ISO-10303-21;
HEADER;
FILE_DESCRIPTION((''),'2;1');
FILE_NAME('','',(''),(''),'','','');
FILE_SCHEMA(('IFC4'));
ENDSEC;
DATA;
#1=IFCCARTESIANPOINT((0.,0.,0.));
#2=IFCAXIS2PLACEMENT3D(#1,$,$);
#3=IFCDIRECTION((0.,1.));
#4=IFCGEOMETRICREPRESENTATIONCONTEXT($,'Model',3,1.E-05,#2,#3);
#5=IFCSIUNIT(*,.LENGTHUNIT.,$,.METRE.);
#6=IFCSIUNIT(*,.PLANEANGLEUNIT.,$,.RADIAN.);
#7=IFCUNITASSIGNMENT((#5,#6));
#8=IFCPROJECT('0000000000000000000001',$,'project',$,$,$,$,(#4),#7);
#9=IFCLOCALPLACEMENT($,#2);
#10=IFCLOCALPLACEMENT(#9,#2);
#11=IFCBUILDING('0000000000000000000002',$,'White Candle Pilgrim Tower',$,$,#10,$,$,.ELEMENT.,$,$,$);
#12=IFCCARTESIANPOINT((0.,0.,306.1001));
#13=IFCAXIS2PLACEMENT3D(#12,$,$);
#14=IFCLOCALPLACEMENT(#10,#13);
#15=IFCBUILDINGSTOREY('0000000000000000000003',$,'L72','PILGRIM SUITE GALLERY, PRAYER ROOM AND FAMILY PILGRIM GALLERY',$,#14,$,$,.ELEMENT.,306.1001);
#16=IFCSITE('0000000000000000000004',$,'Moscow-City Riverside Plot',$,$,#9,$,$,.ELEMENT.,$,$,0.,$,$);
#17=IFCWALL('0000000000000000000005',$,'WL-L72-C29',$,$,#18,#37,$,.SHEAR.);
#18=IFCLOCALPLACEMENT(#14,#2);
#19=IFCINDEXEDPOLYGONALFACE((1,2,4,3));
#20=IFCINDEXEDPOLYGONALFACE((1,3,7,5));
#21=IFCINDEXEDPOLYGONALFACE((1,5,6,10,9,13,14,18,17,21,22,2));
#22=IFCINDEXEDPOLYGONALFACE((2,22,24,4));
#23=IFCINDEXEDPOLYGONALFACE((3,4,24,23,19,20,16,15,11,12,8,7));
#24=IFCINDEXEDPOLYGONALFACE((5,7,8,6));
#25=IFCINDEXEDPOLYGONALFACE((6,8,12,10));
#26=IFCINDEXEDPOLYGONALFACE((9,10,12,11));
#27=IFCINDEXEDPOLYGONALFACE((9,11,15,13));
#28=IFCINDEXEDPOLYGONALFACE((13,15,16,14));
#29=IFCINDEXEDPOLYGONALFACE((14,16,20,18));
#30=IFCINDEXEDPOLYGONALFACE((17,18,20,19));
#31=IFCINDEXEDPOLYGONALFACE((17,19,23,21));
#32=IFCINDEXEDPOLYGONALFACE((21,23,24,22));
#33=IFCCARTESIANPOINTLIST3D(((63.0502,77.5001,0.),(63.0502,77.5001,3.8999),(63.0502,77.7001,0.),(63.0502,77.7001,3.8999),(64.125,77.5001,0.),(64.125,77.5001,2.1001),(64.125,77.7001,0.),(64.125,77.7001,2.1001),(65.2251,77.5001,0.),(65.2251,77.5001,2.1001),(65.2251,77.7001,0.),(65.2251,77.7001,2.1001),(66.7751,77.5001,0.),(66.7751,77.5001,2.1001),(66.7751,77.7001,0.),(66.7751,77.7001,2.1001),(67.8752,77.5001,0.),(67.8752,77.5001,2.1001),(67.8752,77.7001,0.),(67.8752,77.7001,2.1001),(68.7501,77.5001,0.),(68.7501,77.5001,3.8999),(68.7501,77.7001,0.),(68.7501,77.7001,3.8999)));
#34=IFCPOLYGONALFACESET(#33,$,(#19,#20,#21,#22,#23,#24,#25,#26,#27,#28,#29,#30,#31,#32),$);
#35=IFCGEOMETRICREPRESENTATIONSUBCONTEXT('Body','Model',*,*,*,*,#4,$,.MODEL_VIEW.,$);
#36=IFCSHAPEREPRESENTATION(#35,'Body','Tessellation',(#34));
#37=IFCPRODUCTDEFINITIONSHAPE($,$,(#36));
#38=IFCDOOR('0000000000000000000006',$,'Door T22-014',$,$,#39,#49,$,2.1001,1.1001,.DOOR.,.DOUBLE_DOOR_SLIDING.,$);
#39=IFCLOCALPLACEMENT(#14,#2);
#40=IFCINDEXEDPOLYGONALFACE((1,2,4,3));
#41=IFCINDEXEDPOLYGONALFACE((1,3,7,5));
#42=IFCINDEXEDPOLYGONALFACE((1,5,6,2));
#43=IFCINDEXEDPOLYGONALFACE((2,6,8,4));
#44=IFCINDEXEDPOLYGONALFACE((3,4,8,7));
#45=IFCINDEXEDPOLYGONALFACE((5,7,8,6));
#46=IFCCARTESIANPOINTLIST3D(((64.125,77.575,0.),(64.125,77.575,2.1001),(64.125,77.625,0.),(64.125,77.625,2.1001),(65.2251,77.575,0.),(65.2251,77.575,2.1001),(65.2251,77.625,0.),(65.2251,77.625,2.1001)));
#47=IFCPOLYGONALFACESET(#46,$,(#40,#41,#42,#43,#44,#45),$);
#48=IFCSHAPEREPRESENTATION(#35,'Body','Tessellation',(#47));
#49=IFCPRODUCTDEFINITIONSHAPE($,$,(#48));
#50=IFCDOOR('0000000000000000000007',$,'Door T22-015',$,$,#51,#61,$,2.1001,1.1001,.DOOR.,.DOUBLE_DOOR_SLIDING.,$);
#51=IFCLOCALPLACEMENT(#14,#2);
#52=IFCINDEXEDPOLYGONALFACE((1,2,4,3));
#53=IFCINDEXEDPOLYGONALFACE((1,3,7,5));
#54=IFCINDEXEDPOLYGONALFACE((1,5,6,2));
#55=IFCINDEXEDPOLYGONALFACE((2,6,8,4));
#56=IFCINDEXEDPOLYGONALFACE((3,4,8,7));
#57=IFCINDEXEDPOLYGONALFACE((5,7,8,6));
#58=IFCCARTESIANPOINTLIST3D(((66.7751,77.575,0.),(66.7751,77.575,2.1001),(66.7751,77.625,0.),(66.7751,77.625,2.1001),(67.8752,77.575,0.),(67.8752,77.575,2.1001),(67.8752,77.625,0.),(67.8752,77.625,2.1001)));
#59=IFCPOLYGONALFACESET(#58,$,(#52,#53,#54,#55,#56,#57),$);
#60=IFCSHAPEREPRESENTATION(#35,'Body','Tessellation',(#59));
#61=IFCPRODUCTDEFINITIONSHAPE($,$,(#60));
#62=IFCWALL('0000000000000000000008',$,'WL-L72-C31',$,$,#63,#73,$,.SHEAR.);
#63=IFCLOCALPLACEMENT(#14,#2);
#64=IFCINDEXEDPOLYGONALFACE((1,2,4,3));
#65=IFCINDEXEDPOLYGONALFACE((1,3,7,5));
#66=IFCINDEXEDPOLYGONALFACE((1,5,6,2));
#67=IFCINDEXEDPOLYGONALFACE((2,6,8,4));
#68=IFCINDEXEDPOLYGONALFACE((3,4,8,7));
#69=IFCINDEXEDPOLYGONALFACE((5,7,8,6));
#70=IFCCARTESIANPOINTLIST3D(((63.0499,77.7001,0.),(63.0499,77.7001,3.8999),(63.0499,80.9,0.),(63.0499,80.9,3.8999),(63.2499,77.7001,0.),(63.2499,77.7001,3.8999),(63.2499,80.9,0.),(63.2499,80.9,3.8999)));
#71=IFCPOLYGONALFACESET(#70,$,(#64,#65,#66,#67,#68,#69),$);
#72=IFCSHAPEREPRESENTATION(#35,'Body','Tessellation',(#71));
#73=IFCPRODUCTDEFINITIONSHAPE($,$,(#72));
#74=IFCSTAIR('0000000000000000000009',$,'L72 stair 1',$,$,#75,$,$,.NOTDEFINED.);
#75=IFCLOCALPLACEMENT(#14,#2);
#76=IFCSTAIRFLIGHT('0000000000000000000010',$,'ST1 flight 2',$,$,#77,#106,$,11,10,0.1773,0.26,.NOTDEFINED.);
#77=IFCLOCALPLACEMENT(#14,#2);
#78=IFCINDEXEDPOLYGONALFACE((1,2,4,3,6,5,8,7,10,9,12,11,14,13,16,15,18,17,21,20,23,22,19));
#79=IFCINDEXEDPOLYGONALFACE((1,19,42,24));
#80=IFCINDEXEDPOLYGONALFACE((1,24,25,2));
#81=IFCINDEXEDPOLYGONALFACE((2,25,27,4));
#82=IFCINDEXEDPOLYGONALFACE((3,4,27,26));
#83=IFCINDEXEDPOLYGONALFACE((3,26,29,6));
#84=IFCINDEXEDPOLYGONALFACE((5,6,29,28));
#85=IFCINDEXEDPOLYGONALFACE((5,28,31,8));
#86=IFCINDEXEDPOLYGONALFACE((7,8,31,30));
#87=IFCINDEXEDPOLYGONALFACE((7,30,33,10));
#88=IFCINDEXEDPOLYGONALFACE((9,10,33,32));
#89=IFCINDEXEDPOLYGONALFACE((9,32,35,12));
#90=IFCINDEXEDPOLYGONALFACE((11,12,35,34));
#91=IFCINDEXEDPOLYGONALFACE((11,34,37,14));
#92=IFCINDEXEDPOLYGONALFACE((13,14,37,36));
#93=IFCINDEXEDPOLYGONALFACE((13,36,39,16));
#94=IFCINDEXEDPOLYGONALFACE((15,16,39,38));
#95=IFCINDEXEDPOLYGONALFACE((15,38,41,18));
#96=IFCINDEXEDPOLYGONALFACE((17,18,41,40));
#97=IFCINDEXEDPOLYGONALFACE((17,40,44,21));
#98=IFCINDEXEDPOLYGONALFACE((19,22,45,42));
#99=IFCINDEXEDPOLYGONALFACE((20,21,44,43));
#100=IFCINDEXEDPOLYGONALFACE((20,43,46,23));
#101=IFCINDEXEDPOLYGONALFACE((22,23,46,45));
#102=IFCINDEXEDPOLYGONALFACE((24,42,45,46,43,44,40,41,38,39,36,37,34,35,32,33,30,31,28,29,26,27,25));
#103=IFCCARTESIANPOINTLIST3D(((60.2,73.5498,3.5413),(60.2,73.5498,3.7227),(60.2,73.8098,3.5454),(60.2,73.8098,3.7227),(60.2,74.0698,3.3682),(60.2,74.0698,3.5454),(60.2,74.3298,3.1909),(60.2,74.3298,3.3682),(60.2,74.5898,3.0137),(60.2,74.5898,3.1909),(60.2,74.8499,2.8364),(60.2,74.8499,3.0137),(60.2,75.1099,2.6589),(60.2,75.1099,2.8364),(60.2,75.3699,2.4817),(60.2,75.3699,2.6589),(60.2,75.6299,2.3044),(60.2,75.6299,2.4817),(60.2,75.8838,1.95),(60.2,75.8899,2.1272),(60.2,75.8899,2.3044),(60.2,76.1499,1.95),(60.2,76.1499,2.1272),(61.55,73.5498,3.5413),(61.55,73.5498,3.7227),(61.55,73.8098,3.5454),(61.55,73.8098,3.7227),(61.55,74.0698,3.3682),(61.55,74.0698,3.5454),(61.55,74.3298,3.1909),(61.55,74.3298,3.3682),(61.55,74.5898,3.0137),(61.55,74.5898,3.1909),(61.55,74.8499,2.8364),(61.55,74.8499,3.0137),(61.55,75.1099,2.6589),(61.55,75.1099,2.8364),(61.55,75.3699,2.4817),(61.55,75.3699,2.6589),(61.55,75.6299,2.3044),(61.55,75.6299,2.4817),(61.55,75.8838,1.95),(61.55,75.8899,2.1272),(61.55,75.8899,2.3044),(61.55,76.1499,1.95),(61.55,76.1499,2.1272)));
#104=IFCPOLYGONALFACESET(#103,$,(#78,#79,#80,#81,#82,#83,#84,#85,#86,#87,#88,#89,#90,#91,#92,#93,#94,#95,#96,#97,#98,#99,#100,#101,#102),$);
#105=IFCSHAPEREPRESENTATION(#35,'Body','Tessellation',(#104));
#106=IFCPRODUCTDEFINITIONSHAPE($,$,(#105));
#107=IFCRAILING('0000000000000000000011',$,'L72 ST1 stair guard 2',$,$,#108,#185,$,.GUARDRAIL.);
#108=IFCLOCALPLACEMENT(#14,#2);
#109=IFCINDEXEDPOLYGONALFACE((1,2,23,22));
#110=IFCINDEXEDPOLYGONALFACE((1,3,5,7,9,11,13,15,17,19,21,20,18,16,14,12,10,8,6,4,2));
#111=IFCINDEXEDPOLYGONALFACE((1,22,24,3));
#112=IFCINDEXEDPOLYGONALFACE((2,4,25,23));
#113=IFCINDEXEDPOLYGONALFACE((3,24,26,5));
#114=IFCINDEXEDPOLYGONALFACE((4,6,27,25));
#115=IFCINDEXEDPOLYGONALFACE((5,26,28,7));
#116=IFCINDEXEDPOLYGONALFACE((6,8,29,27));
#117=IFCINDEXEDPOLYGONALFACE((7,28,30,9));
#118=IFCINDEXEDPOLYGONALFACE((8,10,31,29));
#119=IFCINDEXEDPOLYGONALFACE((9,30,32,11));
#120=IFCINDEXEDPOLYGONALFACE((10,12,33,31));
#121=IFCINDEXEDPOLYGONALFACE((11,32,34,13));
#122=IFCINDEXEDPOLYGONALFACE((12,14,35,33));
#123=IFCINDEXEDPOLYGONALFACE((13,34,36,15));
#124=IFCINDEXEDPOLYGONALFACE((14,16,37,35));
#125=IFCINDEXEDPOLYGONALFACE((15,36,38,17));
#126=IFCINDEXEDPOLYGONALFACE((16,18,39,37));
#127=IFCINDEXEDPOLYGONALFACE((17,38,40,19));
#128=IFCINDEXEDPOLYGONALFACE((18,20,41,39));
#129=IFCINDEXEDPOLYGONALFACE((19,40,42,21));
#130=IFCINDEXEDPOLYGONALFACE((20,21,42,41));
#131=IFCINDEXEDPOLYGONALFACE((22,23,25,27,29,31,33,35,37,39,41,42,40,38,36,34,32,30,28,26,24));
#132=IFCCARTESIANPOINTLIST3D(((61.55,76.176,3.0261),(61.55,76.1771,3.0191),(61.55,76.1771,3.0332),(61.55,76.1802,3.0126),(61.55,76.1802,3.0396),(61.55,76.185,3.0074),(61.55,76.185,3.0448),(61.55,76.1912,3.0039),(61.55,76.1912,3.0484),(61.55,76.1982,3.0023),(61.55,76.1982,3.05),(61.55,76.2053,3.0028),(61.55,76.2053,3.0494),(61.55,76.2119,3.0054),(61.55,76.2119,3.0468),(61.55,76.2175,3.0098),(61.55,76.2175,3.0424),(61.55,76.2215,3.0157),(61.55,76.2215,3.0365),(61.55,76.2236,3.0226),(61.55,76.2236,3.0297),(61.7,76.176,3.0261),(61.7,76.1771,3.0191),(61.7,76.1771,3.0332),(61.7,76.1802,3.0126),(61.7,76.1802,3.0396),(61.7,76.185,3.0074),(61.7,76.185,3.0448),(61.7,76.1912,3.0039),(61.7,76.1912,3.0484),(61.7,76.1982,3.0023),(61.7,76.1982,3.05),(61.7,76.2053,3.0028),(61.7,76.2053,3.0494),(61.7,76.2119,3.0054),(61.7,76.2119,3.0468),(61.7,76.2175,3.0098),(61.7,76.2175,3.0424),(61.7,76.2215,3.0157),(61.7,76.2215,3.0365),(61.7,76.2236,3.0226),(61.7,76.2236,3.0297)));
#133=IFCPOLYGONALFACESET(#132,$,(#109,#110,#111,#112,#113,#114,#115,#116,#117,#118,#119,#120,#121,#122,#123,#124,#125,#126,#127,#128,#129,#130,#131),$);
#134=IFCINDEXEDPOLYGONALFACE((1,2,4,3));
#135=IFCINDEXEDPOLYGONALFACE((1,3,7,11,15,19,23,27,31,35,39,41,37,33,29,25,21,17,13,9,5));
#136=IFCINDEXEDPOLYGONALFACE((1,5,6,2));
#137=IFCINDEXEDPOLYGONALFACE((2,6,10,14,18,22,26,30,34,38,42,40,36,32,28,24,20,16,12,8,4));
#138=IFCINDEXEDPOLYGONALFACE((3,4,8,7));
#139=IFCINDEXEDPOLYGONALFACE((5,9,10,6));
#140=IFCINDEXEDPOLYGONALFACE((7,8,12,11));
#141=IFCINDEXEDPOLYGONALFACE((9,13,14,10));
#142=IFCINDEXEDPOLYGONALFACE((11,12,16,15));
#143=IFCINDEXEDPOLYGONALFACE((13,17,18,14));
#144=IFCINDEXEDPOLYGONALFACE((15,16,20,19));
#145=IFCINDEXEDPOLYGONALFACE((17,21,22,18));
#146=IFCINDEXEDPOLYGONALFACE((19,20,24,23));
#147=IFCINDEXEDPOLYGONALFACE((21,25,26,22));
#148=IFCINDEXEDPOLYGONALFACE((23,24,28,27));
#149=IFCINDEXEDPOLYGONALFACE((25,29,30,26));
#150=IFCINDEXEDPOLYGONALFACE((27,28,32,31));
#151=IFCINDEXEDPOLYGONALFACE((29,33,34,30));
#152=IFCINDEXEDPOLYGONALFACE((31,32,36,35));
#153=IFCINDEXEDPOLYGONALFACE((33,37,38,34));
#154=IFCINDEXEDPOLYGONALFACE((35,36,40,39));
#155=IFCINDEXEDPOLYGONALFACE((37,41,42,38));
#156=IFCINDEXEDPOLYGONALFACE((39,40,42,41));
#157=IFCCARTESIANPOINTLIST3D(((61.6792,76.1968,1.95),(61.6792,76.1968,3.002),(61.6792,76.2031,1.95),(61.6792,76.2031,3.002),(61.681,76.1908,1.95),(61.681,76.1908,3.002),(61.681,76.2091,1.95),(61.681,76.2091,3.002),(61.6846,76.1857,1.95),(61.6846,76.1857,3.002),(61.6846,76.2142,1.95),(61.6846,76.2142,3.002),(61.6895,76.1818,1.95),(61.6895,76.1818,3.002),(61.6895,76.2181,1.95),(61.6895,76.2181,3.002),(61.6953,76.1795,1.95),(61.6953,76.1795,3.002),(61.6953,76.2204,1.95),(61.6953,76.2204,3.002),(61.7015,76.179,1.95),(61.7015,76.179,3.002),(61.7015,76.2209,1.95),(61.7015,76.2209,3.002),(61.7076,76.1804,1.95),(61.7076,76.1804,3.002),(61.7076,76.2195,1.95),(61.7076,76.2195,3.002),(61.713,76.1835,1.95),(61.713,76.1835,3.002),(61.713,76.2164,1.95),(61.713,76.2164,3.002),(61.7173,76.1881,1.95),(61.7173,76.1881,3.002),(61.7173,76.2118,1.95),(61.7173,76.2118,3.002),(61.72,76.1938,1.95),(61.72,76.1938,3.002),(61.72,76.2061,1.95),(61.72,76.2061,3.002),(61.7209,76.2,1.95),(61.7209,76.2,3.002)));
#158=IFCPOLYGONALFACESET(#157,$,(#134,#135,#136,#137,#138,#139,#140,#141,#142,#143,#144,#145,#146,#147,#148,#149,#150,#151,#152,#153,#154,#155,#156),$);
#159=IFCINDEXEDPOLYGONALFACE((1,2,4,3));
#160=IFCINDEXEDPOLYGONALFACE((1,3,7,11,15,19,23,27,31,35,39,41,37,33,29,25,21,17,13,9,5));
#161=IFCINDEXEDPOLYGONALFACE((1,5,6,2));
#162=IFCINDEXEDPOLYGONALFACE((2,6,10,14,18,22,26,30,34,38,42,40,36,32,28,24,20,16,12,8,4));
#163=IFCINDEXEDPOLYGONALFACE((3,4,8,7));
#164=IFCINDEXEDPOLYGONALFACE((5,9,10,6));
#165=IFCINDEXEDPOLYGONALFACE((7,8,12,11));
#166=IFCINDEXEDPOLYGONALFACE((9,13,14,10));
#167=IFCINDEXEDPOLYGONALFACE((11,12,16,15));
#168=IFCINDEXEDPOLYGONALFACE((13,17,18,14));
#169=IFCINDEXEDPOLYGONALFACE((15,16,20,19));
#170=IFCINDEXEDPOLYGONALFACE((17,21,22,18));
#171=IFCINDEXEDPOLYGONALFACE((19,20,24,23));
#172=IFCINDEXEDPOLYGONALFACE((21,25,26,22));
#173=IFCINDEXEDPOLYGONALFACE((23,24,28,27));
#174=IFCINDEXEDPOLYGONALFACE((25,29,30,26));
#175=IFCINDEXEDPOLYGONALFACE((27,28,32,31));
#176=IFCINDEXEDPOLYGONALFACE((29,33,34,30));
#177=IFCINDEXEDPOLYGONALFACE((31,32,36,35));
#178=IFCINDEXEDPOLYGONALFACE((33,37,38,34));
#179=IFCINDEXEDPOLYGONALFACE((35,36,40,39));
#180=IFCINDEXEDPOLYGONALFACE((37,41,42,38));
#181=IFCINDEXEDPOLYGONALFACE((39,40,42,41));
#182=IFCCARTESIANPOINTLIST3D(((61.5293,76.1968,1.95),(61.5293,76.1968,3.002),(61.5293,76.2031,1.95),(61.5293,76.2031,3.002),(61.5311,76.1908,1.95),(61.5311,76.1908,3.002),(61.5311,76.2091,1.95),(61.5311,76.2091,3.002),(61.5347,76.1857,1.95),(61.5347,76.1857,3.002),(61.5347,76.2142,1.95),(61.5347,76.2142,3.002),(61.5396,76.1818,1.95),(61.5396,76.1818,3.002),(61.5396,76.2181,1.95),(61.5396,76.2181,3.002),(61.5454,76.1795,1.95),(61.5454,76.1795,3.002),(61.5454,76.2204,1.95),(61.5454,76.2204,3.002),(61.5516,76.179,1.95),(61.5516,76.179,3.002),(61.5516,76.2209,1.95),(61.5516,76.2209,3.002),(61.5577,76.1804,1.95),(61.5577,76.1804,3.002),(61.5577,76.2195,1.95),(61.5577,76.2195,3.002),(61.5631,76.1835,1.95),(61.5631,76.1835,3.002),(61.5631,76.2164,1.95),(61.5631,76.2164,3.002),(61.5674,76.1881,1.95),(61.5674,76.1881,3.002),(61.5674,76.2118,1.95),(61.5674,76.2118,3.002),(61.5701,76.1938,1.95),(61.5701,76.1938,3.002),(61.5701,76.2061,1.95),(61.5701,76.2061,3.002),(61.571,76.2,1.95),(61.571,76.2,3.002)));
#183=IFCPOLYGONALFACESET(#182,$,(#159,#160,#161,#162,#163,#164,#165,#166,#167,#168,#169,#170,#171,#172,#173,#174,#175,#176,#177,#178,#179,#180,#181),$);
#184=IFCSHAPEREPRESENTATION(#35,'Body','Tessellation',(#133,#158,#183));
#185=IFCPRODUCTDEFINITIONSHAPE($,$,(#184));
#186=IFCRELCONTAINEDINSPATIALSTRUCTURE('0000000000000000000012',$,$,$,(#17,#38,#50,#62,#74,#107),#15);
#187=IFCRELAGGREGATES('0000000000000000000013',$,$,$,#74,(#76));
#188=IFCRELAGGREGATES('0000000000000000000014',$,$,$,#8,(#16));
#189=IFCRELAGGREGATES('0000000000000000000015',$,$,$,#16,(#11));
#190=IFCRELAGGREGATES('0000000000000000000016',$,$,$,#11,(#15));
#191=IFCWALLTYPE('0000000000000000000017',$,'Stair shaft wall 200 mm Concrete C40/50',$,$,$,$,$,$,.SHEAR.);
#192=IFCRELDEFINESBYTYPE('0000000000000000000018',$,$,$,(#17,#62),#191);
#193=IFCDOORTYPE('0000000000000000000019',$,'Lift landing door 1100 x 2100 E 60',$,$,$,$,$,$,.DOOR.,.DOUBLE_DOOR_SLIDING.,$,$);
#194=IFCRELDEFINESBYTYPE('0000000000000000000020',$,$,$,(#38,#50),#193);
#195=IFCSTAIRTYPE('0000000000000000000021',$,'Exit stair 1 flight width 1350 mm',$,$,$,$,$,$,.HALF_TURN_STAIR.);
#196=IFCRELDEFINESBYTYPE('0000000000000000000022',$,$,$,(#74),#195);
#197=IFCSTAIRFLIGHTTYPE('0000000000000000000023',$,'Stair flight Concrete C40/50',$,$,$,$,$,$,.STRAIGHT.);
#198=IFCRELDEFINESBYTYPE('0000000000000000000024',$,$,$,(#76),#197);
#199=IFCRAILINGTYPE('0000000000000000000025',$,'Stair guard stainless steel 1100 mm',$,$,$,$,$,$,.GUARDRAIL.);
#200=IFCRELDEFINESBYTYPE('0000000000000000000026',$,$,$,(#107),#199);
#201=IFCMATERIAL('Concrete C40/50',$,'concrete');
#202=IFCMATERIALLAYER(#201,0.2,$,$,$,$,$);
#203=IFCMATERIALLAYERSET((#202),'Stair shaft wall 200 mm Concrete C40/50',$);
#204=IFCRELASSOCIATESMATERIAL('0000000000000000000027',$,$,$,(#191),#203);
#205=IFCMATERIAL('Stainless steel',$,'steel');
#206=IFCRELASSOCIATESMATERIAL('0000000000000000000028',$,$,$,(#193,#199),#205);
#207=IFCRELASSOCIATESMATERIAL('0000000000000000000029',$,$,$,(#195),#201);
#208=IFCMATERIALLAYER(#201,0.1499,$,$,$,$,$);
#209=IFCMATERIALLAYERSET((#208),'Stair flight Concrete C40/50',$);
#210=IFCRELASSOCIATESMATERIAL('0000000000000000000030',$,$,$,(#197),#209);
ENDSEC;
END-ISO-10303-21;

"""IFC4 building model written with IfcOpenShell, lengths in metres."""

from ifc_helpers import new_model, si_unit, direction, frame, frame_2d, origin, origin_2d, place, context, subcontext, project, spatial, polyline, rectangle, circle, outline, extrude, material, layer, layer_set, type_object, element, fill, aggregate, save


model = new_model("IFC4")

# Units and contexts
model_context = context("Model", 3, precision=1e-05, world=origin(), true_north=direction((0.0, 1.0)))
body_context = subcontext(model_context, "Body", "Model", "MODEL_VIEW")
ifc_project = project(units=[si_unit("LENGTHUNIT", "METRE"), si_unit("PLANEANGLEUNIT", "RADIAN")], contexts=[model_context])

# Site, building, storey
site_placement = place(None, origin())
site = spatial("IfcSite", under=ifc_project, at=site_placement, Name="Moscow-City Riverside Plot", CompositionType="ELEMENT", RefElevation=0.0)
building_placement = place(site_placement, origin())
building = spatial("IfcBuilding", under=site, at=building_placement, Name="White Candle Pilgrim Tower", CompositionType="ELEMENT")
storey_placement = place(building_placement, frame((0.0, 0.0, 306.1001)))
storey = spatial("IfcBuildingStorey", under=building, at=storey_placement, Name="L72", Description="PILGRIM SUITE GALLERY, PRAYER ROOM AND FAMILY PILGRIM GALLERY", CompositionType="ELEMENT", Elevation=306.1001)

# Shared definitions
ifc_material_1 = material(Name="Concrete C40/50", Category="concrete")

# Wall, openings, doors
ifc_layer_1 = layer(ifc_material_1, 0.2)
ifc_layer_set_1 = layer_set([ifc_layer_1], Name="Stair shaft wall 200 mm Concrete C40/50")
wall_type_1 = type_object("IfcWallType", Name="Stair shaft wall 200 mm Concrete C40/50", PredefinedType="SHEAR", material=ifc_layer_set_1)
wall_1_placement = place(storey_placement, frame((63.05, 77.6001, 0.0), z_axis=(0.0, 0.0, 1.0), x_axis=(1.0, 0.0, 0.0)))
wall_1 = element("IfcWall", 1, at=wall_1_placement, inside=storey, type_object=wall_type_1, Name="WL-L72-C29", PredefinedType="SHEAR", context=body_context, shape_type="SweptSolid", body=[
    extrude(rectangle(XDim=5.7, YDim=0.2, at=frame_2d((2.8501, 0.0))), origin(), (0.0, 0.0, 1.0), 3.8999),
])
opening_1_placement = place(wall_1_placement, frame((1.075, 0.0, 0.0)))
opening_1 = element("IfcOpeningElement", 2, at=opening_1_placement, cuts=wall_1, PredefinedType="OPENING", context=body_context, shape_type="SweptSolid", body=[
    extrude(rectangle(XDim=1.1001, YDim=2.1001, at=frame_2d((0.55, 1.05))), frame((0.0, 0.1099, 0.0), z_axis=(0.0, -1.0, 0.0), x_axis=(1.0, 0.0, 0.0)), (0.0, 0.0, 1.0), 0.22),
])
opening_2_placement = place(wall_1_placement, frame((3.7251, 0.0, 0.0)))
opening_2 = element("IfcOpeningElement", 3, at=opening_2_placement, cuts=wall_1, PredefinedType="OPENING", context=body_context, shape_type="SweptSolid", body=[
    extrude(rectangle(XDim=1.1001, YDim=2.1001, at=frame_2d((0.55, 1.05))), frame((0.0, 0.1099, 0.0), z_axis=(0.0, -1.0, 0.0), x_axis=(1.0, 0.0, 0.0)), (0.0, 0.0, 1.0), 0.22),
])
ifc_material_2 = material(Name="Stainless steel", Category="steel")
door_type_1 = type_object("IfcDoorType", Name="Lift landing door 1100 x 2100 E 60", OperationType="DOUBLE_DOOR_SLIDING", PredefinedType="DOOR", material=ifc_material_2)
door_1_placement = place(opening_1_placement, origin())
door_1 = element("IfcDoor", 4, at=door_1_placement, inside=storey, type_object=door_type_1, Name="Door T22-014", OperationType="DOUBLE_DOOR_SLIDING", OverallHeight=2.1001, OverallWidth=1.1001, PredefinedType="DOOR", context=body_context, shape_type="SweptSolid", body=[
    extrude(rectangle(XDim=1.1001, YDim=2.1001, at=frame_2d((0.55, 1.05))), frame((0.0, 0.0249, 0.0), z_axis=(0.0, -1.0, 0.0), x_axis=(1.0, 0.0, 0.0)), (0.0, 0.0, 1.0), 0.05),
])
fill(opening_1, door_1)
door_2_placement = place(opening_2_placement, origin())
door_2 = element("IfcDoor", 5, at=door_2_placement, inside=storey, type_object=door_type_1, Name="Door T22-015", OperationType="DOUBLE_DOOR_SLIDING", OverallHeight=2.1001, OverallWidth=1.1001, PredefinedType="DOOR", context=body_context, shape_type="SweptSolid", body=[
    extrude(rectangle(XDim=1.1001, YDim=2.1001, at=frame_2d((0.55, 1.05))), frame((0.0, 0.0249, 0.0), z_axis=(0.0, -1.0, 0.0), x_axis=(1.0, 0.0, 0.0)), (0.0, 0.0, 1.0), 0.05),
])
fill(opening_2, door_2)

# Wall
wall_2_placement = place(storey_placement, frame((63.1499, 77.7, 0.0), z_axis=(0.0, 0.0, 1.0), x_axis=(0.0, 1.0, 0.0)))
element("IfcWall", 6, at=wall_2_placement, inside=storey, type_object=wall_type_1, Name="WL-L72-C31", PredefinedType="SHEAR", context=body_context, shape_type="SweptSolid", body=[
    extrude(rectangle(XDim=3.2, YDim=0.2, at=frame_2d((1.6001, 0.0))), origin(), (0.0, 0.0, 1.0), 3.8999),
])

# Stair, stair flight
stair_type = type_object("IfcStairType", Name="Exit stair 1 flight width 1350 mm", PredefinedType="HALF_TURN_STAIR", material=ifc_material_1)
stair_placement = place(storey_placement, origin())
stair = element("IfcStair", 7, at=stair_placement, inside=storey, type_object=stair_type, Name="L72 stair 1", PredefinedType="NOTDEFINED")
ifc_layer_2 = layer(ifc_material_1, 0.1499)
ifc_layer_set_2 = layer_set([ifc_layer_2], Name="Stair flight Concrete C40/50")
stair_flight_type = type_object("IfcStairFlightType", Name="Stair flight Concrete C40/50", PredefinedType="STRAIGHT", material=ifc_layer_set_2)
stair_flight_placement = place(storey_placement, frame((60.875, 76.1499, 1.95), z_axis=(0.0, 0.0, 1.0), x_axis=(0.0, -1.0, 0.0)))
stair_flight = element("IfcStairFlight", 8, at=stair_flight_placement, type_object=stair_flight_type, Name="ST1 flight 2", NumberOfRisers=11, NumberOfTreads=10, PredefinedType="NOTDEFINED", RiserHeight=0.1773, TreadLength=0.26, context=body_context, shape_type="SweptSolid", body=[
    extrude(outline(polyline([(0.0, 0.0), (0.0, 0.1772), (0.26, 0.1772), (0.26, 0.3545), (0.52, 0.3545), (0.52, 0.5317), (0.78, 0.5317), (0.78, 0.709), (1.04, 0.709), (1.04, 0.8865), (1.3, 0.8865), (1.3, 1.0637), (1.5601, 1.0637), (1.5601, 1.241), (1.8201, 1.241), (1.8201, 1.4182), (2.0801, 1.4182), (2.0801, 1.5955), (2.3401, 1.5955), (2.3401, 1.7727), (2.6001, 1.7727), (2.6001, 1.95), (2.6001, 1.5913), (0.2661, 0.0), (0.0, 0.0)])), frame((0.0, 0.675, 0.0), z_axis=(0.0, -1.0, 0.0), x_axis=(1.0, 0.0, 0.0)), (0.0, 0.0, 1.0), 1.3501),
])
aggregate(stair, [stair_flight])

# Railing
railing_type_1 = type_object("IfcRailingType", Name="Stair guard stainless steel 1100 mm", PredefinedType="GUARDRAIL", material=ifc_material_2)
railing_1_placement = place(storey_placement, frame((61.7, 76.2, 1.95)))
element("IfcRailing", 9, at=railing_1_placement, inside=storey, type_object=railing_type_1, Name="L72 ST1 stair guard 2", PredefinedType="GUARDRAIL", context=body_context, shape_type="SweptSolid", body=[
    extrude(circle(Radius=0.0239, at=origin_2d()), frame((0.0, 0.0, 1.0762), z_axis=(-1.0, 0.0, 0.0), x_axis=(0.0, -1.0, 0.0)), (0.0, 0.0, 1.0), 0.1499),
    extrude(circle(Radius=0.021, at=origin_2d()), origin(), (0.0, 0.0, 1.0), 1.052),
    extrude(circle(Radius=0.021, at=origin_2d()), frame((-0.1499, 0.0, 0.0)), (0.0, 0.0, 1.0), 1.052),
])

save(model, "model.ifc")
